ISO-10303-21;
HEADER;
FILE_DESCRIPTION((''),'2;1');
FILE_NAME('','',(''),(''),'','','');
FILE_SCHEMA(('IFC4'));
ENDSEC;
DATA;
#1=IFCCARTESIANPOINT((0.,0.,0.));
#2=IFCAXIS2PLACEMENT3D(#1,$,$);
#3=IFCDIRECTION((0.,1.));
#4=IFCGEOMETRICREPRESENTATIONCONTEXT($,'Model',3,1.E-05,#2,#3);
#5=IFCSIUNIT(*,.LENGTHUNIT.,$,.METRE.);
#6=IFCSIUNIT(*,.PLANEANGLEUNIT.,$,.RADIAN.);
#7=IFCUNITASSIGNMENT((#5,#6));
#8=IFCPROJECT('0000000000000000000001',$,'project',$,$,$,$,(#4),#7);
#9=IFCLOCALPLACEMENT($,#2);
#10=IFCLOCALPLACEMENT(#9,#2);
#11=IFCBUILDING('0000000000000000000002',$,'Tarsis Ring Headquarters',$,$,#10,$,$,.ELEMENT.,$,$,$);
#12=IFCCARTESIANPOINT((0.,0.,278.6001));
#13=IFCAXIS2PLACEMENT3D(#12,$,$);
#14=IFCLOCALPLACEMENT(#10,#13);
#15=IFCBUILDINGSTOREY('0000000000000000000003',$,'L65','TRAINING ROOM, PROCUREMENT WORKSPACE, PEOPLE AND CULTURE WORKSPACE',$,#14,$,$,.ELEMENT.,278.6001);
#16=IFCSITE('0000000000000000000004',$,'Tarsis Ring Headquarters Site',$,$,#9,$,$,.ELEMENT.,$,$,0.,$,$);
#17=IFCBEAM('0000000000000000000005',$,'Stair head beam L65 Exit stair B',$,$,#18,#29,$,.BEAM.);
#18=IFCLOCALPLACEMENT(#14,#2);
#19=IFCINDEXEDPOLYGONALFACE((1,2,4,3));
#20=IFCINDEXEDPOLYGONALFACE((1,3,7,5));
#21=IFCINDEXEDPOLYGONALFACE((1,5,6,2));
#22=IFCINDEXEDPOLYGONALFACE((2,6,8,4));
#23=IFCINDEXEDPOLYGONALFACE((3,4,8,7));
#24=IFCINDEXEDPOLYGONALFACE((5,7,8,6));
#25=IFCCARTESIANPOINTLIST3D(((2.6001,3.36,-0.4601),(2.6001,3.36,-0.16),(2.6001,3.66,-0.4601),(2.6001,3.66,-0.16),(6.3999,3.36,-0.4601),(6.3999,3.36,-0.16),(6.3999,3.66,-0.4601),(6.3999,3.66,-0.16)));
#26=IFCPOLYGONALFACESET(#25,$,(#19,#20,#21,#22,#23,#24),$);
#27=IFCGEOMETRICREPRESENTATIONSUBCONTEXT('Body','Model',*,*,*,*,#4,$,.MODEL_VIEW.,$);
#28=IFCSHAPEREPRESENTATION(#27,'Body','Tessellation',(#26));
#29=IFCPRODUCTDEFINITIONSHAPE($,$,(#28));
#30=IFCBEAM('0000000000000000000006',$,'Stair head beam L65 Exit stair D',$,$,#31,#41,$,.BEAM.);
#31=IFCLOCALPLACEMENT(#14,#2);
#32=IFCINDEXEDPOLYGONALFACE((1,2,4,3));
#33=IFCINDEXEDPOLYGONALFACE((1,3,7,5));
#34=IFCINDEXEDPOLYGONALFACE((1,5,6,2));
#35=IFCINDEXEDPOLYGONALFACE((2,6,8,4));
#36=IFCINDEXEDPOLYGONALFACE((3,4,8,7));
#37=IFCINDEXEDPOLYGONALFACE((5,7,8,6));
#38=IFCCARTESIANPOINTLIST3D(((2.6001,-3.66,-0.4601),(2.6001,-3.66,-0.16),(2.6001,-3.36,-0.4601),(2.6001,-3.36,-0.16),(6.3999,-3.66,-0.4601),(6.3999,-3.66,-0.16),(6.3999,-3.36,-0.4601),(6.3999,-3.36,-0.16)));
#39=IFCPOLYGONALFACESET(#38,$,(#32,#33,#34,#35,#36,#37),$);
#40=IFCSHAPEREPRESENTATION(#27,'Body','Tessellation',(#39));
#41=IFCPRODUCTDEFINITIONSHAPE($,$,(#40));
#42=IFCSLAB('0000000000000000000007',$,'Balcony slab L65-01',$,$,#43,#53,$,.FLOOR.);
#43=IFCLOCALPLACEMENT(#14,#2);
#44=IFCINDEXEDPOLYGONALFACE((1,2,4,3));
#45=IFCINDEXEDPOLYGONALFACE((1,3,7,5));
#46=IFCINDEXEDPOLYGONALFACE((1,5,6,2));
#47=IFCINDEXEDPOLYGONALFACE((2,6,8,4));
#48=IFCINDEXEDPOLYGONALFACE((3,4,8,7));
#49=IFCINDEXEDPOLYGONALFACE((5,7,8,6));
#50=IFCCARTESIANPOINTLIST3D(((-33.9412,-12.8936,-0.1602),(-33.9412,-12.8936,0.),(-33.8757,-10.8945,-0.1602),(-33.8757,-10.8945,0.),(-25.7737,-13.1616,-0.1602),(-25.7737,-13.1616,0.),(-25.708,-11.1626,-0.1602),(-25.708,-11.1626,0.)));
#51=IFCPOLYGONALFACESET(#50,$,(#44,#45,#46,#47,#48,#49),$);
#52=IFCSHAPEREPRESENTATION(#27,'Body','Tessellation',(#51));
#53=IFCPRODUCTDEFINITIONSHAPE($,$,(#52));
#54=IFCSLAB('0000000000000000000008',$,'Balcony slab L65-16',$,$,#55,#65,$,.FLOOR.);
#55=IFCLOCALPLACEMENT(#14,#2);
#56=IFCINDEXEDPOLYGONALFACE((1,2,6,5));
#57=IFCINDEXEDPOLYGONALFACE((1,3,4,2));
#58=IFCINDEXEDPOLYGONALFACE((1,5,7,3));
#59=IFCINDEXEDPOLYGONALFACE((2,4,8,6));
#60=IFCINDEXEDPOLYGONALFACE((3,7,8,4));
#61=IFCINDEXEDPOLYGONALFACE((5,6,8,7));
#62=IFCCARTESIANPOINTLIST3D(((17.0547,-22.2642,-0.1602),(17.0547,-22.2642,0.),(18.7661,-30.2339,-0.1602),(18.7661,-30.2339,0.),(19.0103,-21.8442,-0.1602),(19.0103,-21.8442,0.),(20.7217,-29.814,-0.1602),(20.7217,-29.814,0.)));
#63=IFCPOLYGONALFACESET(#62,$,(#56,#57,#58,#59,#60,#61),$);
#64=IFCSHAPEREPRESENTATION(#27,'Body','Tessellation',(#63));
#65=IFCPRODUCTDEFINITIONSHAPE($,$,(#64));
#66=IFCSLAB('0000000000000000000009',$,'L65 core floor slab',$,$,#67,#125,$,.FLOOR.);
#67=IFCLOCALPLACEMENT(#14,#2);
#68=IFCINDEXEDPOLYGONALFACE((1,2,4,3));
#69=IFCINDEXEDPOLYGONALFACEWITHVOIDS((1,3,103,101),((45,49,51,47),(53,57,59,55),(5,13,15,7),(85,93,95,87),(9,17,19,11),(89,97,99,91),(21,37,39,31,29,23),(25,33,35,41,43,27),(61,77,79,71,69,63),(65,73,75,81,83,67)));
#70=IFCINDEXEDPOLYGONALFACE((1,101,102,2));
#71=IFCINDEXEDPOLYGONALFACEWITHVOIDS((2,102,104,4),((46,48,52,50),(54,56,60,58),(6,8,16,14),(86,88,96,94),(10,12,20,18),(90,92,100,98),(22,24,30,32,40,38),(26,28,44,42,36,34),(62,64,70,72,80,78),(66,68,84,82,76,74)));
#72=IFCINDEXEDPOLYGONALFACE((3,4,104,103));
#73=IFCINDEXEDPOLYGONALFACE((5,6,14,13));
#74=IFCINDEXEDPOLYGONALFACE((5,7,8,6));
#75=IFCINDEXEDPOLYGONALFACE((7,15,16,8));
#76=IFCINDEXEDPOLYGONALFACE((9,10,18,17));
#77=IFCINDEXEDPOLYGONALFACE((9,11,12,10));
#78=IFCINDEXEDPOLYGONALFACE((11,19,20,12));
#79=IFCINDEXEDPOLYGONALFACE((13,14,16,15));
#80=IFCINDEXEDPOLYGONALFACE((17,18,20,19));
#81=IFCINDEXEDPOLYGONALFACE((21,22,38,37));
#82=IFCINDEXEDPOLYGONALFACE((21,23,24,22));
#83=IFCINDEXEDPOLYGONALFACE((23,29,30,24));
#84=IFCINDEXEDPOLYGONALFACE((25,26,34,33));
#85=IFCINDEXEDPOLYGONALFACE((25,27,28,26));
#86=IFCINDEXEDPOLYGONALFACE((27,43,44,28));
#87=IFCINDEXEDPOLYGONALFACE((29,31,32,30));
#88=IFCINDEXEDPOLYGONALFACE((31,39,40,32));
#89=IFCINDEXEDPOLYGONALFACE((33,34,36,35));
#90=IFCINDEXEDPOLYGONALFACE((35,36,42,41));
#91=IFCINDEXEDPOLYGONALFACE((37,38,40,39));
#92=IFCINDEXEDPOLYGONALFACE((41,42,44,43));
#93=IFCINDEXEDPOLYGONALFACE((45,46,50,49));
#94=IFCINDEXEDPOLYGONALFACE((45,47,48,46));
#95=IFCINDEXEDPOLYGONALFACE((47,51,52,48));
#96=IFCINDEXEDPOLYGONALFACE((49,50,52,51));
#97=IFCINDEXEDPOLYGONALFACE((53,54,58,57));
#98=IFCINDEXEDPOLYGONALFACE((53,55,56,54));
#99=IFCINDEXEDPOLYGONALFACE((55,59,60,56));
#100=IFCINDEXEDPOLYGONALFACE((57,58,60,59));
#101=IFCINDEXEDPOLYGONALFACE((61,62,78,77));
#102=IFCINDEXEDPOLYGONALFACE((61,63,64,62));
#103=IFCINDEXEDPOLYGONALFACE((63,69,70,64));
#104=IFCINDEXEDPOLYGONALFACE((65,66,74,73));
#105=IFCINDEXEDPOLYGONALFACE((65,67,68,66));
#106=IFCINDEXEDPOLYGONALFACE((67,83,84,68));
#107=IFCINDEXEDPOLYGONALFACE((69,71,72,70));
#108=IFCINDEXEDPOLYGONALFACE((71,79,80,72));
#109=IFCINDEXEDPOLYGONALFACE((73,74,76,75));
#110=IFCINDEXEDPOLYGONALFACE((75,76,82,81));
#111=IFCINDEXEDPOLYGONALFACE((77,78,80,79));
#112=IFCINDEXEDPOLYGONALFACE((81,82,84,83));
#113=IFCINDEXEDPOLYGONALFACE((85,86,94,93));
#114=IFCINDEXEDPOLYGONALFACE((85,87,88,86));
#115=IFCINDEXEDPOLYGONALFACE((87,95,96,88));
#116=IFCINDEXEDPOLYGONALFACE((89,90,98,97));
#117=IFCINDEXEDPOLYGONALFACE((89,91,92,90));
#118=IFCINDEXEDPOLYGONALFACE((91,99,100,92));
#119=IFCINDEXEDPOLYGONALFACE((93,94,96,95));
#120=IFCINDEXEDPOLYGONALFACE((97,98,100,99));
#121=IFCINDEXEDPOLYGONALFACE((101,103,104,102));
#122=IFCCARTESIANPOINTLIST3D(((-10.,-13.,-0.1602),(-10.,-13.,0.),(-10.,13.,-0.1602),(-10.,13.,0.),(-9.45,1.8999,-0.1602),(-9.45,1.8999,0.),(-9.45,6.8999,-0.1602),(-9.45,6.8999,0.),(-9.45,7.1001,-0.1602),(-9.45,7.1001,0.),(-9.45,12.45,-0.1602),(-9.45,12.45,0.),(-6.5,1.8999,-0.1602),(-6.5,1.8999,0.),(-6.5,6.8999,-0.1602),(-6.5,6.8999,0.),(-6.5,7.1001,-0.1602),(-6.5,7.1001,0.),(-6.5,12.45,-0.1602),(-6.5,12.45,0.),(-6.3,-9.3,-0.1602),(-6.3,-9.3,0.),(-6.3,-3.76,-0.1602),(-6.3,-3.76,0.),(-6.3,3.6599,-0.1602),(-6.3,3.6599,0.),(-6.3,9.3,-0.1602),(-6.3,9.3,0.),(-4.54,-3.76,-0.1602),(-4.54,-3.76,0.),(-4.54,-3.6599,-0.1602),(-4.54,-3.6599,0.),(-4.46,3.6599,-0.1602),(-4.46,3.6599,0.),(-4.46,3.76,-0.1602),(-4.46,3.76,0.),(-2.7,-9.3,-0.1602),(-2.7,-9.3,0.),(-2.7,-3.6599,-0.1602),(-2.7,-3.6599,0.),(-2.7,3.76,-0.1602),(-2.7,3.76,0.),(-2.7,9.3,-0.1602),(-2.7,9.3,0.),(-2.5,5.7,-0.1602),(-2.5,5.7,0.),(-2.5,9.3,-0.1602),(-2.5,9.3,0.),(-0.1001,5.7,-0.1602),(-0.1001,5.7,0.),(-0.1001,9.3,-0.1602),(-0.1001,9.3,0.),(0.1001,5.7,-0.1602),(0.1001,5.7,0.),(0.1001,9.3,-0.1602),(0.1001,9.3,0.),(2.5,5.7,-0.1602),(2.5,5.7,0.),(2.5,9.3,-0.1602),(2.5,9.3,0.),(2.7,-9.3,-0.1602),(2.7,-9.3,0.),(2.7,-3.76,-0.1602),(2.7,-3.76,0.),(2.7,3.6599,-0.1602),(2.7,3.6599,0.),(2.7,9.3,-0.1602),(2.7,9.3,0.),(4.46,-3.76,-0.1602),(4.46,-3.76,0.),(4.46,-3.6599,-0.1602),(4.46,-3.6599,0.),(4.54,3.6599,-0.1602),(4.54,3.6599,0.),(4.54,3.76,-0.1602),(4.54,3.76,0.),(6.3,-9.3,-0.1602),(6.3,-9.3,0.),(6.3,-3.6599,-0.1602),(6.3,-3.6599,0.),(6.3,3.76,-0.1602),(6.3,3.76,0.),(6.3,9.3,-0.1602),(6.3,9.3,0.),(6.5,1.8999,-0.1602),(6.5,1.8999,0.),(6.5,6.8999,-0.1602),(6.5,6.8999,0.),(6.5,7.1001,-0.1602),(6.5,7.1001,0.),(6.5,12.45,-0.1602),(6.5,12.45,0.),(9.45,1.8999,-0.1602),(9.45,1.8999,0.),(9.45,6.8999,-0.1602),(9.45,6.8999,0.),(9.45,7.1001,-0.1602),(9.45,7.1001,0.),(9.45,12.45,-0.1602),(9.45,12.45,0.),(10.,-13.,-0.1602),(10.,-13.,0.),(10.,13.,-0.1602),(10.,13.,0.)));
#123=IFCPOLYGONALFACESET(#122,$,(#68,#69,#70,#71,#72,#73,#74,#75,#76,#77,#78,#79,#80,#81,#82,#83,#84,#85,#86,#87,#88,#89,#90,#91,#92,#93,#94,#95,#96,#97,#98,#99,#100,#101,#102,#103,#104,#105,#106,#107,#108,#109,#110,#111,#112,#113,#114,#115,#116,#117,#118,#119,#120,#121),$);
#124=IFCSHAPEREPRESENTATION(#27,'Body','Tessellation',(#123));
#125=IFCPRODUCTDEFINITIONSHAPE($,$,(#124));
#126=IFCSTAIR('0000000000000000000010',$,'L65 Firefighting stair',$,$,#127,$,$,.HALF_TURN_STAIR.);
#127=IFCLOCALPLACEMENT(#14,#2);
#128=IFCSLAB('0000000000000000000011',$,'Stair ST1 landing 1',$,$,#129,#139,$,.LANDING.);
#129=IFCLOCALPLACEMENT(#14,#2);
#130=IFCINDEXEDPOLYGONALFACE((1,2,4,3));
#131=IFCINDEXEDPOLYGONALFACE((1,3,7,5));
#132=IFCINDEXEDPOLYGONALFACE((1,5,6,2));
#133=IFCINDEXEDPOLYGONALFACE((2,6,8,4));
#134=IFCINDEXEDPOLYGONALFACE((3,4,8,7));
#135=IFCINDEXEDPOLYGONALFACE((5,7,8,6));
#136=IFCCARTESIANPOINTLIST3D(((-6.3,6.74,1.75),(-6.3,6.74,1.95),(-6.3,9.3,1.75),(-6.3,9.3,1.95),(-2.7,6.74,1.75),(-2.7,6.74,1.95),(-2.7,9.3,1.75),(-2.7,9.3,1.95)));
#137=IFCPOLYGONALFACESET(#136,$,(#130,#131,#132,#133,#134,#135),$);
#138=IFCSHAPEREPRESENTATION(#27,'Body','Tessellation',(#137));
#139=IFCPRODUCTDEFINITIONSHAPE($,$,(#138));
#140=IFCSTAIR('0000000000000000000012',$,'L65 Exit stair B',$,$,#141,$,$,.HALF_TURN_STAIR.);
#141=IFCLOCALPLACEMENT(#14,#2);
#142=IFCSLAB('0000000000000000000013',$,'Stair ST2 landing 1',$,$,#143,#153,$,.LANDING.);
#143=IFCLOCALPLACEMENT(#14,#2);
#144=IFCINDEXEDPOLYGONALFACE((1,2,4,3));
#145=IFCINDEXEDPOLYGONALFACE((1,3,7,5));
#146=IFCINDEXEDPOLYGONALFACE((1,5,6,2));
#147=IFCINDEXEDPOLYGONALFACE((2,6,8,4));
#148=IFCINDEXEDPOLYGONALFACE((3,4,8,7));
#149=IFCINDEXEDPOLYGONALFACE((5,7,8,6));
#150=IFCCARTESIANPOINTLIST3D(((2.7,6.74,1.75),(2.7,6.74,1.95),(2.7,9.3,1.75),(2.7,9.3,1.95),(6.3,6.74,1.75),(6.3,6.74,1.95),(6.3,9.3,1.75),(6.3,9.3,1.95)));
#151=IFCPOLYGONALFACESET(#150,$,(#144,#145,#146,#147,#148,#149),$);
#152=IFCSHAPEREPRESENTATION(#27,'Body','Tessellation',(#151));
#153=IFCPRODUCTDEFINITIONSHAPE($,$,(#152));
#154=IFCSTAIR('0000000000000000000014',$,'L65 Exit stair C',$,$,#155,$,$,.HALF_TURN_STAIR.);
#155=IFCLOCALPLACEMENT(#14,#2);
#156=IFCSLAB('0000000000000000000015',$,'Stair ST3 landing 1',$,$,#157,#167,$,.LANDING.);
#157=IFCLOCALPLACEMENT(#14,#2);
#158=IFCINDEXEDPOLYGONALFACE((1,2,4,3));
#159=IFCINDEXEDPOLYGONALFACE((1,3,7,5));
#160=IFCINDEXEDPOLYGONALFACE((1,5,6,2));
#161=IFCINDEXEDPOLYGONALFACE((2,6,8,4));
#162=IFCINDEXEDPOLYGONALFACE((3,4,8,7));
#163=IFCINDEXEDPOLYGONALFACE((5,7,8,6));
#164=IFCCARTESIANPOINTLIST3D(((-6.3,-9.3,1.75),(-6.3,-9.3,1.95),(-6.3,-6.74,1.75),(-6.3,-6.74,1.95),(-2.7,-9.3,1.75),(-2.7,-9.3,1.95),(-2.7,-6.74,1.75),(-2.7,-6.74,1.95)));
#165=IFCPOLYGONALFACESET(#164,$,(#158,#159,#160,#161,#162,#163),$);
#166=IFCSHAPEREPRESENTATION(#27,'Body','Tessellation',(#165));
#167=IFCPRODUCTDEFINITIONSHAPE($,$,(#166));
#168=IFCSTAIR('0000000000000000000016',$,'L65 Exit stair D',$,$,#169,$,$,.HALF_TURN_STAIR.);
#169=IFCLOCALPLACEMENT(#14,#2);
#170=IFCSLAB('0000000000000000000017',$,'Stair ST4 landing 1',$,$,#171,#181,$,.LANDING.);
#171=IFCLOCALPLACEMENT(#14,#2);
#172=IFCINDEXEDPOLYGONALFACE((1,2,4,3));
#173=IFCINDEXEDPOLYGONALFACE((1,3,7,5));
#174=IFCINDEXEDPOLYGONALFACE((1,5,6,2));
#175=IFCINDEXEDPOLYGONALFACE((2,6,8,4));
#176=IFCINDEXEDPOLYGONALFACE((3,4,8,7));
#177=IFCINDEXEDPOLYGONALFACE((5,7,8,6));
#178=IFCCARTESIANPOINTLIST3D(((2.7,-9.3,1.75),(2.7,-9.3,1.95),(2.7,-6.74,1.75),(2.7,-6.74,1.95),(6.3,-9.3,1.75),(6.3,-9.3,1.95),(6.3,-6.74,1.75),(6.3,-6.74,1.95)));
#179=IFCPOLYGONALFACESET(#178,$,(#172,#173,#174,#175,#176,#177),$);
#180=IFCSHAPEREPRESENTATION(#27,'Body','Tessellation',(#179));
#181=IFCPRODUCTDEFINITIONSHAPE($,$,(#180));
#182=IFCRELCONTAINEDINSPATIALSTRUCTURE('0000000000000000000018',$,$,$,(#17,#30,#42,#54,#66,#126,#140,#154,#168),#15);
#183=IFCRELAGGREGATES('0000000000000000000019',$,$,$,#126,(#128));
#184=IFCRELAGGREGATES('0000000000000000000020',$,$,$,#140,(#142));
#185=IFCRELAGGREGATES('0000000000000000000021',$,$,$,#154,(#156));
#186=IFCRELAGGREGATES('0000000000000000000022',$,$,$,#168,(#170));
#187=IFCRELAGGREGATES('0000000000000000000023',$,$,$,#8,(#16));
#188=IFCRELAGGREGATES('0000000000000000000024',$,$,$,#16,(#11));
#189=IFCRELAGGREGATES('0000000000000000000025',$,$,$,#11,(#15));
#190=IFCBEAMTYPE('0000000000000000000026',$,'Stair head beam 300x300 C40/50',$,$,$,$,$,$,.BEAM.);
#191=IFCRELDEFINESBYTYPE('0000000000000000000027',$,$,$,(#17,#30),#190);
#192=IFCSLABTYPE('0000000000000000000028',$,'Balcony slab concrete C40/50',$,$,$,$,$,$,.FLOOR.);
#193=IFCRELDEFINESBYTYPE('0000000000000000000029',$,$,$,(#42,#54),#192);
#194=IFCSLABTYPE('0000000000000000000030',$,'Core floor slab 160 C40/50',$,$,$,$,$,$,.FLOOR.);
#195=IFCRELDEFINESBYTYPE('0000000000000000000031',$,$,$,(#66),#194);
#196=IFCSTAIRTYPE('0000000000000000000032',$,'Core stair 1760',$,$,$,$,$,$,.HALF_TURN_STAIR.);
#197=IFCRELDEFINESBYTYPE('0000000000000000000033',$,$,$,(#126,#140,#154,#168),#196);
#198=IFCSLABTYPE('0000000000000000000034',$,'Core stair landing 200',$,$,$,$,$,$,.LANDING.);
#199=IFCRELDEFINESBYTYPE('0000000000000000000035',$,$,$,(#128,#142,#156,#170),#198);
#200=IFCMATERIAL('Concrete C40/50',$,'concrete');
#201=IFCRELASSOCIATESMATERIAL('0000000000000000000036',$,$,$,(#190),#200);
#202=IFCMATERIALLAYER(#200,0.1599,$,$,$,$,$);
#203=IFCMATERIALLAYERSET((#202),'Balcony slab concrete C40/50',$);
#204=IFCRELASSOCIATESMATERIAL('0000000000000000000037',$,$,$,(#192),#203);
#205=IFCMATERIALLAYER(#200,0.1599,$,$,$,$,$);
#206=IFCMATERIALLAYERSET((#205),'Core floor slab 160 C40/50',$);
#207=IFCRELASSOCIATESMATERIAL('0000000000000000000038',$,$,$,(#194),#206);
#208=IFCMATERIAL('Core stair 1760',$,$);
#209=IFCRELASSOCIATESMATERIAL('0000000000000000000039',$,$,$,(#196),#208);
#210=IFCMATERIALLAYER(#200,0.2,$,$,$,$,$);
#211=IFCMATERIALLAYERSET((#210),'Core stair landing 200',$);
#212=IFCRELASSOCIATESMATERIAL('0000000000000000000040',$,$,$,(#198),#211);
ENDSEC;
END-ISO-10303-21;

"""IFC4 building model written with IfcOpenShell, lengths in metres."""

from ifc_helpers import new_model, si_unit, direction, frame, origin, origin_2d, place, context, subcontext, project, spatial, polyline, rectangle, outline, extrude, material, layer, layer_set, material_profile, profile_set, type_object, element, aggregate, save


model = new_model("IFC4")

# Units and contexts
model_context = context("Model", 3, precision=1e-05, world=origin(), true_north=direction((0.0, 1.0)))
body_context = subcontext(model_context, "Body", "Model", "MODEL_VIEW")
ifc_project = project(units=[si_unit("LENGTHUNIT", "METRE"), si_unit("PLANEANGLEUNIT", "RADIAN")], contexts=[model_context])

# Site, building, storey
site_placement = place(None, origin())
site = spatial("IfcSite", under=ifc_project, at=site_placement, Name="Tarsis Ring Headquarters Site", CompositionType="ELEMENT", RefElevation=0.0)
building_placement = place(site_placement, origin())
building = spatial("IfcBuilding", under=site, at=building_placement, Name="Tarsis Ring Headquarters", CompositionType="ELEMENT")
storey_placement = place(building_placement, frame((0.0, 0.0, 278.6001)))
storey = spatial("IfcBuildingStorey", under=building, at=storey_placement, Name="L65", Description="TRAINING ROOM, PROCUREMENT WORKSPACE, PEOPLE AND CULTURE WORKSPACE", CompositionType="ELEMENT", Elevation=278.6001)

# Beams
ifc_material_1 = material(Name="Concrete C40/50", Category="concrete")
ifc_material_profile = material_profile(ifc_material_1, rectangle(XDim=0.3, YDim=0.3, at=origin_2d()), Name="Stair head beam 300x300 C40/50")
ifc_profile_set = profile_set([ifc_material_profile], Name="Concrete C40/50")
beam_type = type_object("IfcBeamType", Name="Stair head beam 300x300 C40/50", PredefinedType="BEAM", material=ifc_profile_set)
for number, where, z_axis, x_axis, name in (
    (1, (2.6001, 3.51, -0.3101), (1.0, 0.0, 0.0), (0.0, 1.0, 0.0), "Stair head beam L65 Exit stair B"),
    (2, (2.6001, -3.51, -0.3101), (1.0, 0.0, 0.0), (0.0, 1.0, 0.0), "Stair head beam L65 Exit stair D"),
):
    element("IfcBeam", number, at=place(storey_placement, frame(where, z_axis=z_axis, x_axis=x_axis)), inside=storey, type_object=beam_type, Name=name, PredefinedType="BEAM", context=body_context, shape_type="SweptSolid", body=[
        extrude(rectangle(XDim=0.3, YDim=0.3, at=origin_2d()), origin(), (0.0, 0.0, 1.0), 3.7998),
    ])

# Slabs
ifc_layer_1 = layer(ifc_material_1, 0.1599)
ifc_layer_set_1 = layer_set([ifc_layer_1], Name="Balcony slab concrete C40/50")
slab_type_1 = type_object("IfcSlabType", Name="Balcony slab concrete C40/50", PredefinedType="FLOOR", material=ifc_layer_set_1)
slab_1_placement = place(storey_placement, frame((0.0, 0.0, -0.1602)))
element("IfcSlab", 3, at=slab_1_placement, inside=storey, type_object=slab_type_1, Name="Balcony slab L65-01", PredefinedType="FLOOR", context=body_context, shape_type="SweptSolid", body=[
    extrude(outline(polyline([(-33.8757, -10.8945), (-33.9412, -12.8936), (-25.7737, -13.1616), (-25.708, -11.1626), (-33.8757, -10.8945)])), origin(), (0.0, 0.0, 1.0), 0.1602),
])
slab_2_placement = place(storey_placement, frame((0.0, 0.0, -0.1602)))
element("IfcSlab", 4, at=slab_2_placement, inside=storey, type_object=slab_type_1, Name="Balcony slab L65-16", PredefinedType="FLOOR", context=body_context, shape_type="SweptSolid", body=[
    extrude(outline(polyline([(18.7661, -30.2339), (20.7217, -29.814), (19.0103, -21.8442), (17.0547, -22.2642), (18.7661, -30.2339)])), origin(), (0.0, 0.0, 1.0), 0.1602),
])
ifc_layer_2 = layer(ifc_material_1, 0.1599)
ifc_layer_set_2 = layer_set([ifc_layer_2], Name="Core floor slab 160 C40/50")
slab_type_2 = type_object("IfcSlabType", Name="Core floor slab 160 C40/50", PredefinedType="FLOOR", material=ifc_layer_set_2)
slab_3_placement = place(storey_placement, frame((0.0, 0.0, -0.1602)))
element("IfcSlab", 5, at=slab_3_placement, inside=storey, type_object=slab_type_2, Name="L65 core floor slab", PredefinedType="FLOOR", context=body_context, shape_type="SweptSolid", body=[
    extrude(outline(polyline([(-10.0, -13.0), (10.0, -13.0), (10.0, 13.0), (-10.0, 13.0), (-10.0, -13.0)]), holes=[polyline([(-2.5, 5.7), (-0.1001, 5.7), (-0.1001, 9.3), (-2.5, 9.3), (-2.5, 5.7)]), polyline([(0.1001, 5.7), (2.5, 5.7), (2.5, 9.3), (0.1001, 9.3), (0.1001, 5.7)]), polyline([(-9.45, 1.8999), (-6.5, 1.8999), (-6.5, 6.8999), (-9.45, 6.8999), (-9.45, 1.8999)]), polyline([(-9.45, 7.1001), (-6.5, 7.1001), (-6.5, 12.45), (-9.45, 12.45), (-9.45, 7.1001)]), polyline([(6.5, 1.8999), (9.45, 1.8999), (9.45, 6.8999), (6.5, 6.8999), (6.5, 1.8999)]), polyline([(6.5, 7.1001), (9.45, 7.1001), (9.45, 12.45), (6.5, 12.45), (6.5, 7.1001)]), polyline([(-2.7, 3.76), (-2.7, 9.3), (-6.3, 9.3), (-6.3, 3.6599), (-4.46, 3.6599), (-4.46, 3.76), (-2.7, 3.76)]), polyline([(6.3, 3.76), (6.3, 9.3), (2.7, 9.3), (2.7, 3.6599), (4.54, 3.6599), (4.54, 3.76), (6.3, 3.76)]), polyline([(-6.3, -3.76), (-6.3, -9.3), (-2.7, -9.3), (-2.7, -3.6599), (-4.54, -3.6599), (-4.54, -3.76), (-6.3, -3.76)]), polyline([(2.7, -3.76), (2.7, -9.3), (6.3, -9.3), (6.3, -3.6599), (4.46, -3.6599), (4.46, -3.76), (2.7, -3.76)])]), origin(), (0.0, 0.0, 1.0), 0.1602),
])

# Stairs, slabs
ifc_material_2 = material(Name="Core stair 1760")
stair_type = type_object("IfcStairType", Name="Core stair 1760", PredefinedType="HALF_TURN_STAIR", material=ifc_material_2)
stair_1_placement = place(storey_placement, origin())
stair_1 = element("IfcStair", 6, at=stair_1_placement, inside=storey, type_object=stair_type, Name="L65 Firefighting stair", PredefinedType="HALF_TURN_STAIR")
ifc_layer_3 = layer(ifc_material_1, 0.2)
ifc_layer_set_3 = layer_set([ifc_layer_3], Name="Core stair landing 200")
slab_type_3 = type_object("IfcSlabType", Name="Core stair landing 200", PredefinedType="LANDING", material=ifc_layer_set_3)
slab_4_placement = place(storey_placement, frame((0.0, 0.0, 1.75)))
slab_4 = element("IfcSlab", 7, at=slab_4_placement, type_object=slab_type_3, Name="Stair ST1 landing 1", PredefinedType="LANDING", context=body_context, shape_type="SweptSolid", body=[
    extrude(outline(polyline([(-2.7, 6.74), (-2.7, 9.3), (-6.3, 9.3), (-6.3, 6.74), (-2.7, 6.74)])), origin(), (0.0, 0.0, 1.0), 0.2),
])
aggregate(stair_1, [slab_4])
stair_2_placement = place(storey_placement, origin())
stair_2 = element("IfcStair", 8, at=stair_2_placement, inside=storey, type_object=stair_type, Name="L65 Exit stair B", PredefinedType="HALF_TURN_STAIR")
slab_5_placement = place(storey_placement, frame((0.0, 0.0, 1.75)))
slab_5 = element("IfcSlab", 9, at=slab_5_placement, type_object=slab_type_3, Name="Stair ST2 landing 1", PredefinedType="LANDING", context=body_context, shape_type="SweptSolid", body=[
    extrude(outline(polyline([(6.3, 6.74), (6.3, 9.3), (2.7, 9.3), (2.7, 6.74), (6.3, 6.74)])), origin(), (0.0, 0.0, 1.0), 0.2),
])
aggregate(stair_2, [slab_5])
stair_3_placement = place(storey_placement, origin())
stair_3 = element("IfcStair", 10, at=stair_3_placement, inside=storey, type_object=stair_type, Name="L65 Exit stair C", PredefinedType="HALF_TURN_STAIR")
slab_6_placement = place(storey_placement, frame((0.0, 0.0, 1.75)))
slab_6 = element("IfcSlab", 11, at=slab_6_placement, type_object=slab_type_3, Name="Stair ST3 landing 1", PredefinedType="LANDING", context=body_context, shape_type="SweptSolid", body=[
    extrude(outline(polyline([(-6.3, -6.74), (-6.3, -9.3), (-2.7, -9.3), (-2.7, -6.74), (-6.3, -6.74)])), origin(), (0.0, 0.0, 1.0), 0.2),
])
aggregate(stair_3, [slab_6])
stair_4_placement = place(storey_placement, origin())
stair_4 = element("IfcStair", 12, at=stair_4_placement, inside=storey, type_object=stair_type, Name="L65 Exit stair D", PredefinedType="HALF_TURN_STAIR")
slab_7_placement = place(storey_placement, frame((0.0, 0.0, 1.75)))
slab_7 = element("IfcSlab", 13, at=slab_7_placement, type_object=slab_type_3, Name="Stair ST4 landing 1", PredefinedType="LANDING", context=body_context, shape_type="SweptSolid", body=[
    extrude(outline(polyline([(2.7, -6.74), (2.7, -9.3), (6.3, -9.3), (6.3, -6.74), (2.7, -6.74)])), origin(), (0.0, 0.0, 1.0), 0.2),
])
aggregate(stair_4, [slab_7])

save(model, "model.ifc")
